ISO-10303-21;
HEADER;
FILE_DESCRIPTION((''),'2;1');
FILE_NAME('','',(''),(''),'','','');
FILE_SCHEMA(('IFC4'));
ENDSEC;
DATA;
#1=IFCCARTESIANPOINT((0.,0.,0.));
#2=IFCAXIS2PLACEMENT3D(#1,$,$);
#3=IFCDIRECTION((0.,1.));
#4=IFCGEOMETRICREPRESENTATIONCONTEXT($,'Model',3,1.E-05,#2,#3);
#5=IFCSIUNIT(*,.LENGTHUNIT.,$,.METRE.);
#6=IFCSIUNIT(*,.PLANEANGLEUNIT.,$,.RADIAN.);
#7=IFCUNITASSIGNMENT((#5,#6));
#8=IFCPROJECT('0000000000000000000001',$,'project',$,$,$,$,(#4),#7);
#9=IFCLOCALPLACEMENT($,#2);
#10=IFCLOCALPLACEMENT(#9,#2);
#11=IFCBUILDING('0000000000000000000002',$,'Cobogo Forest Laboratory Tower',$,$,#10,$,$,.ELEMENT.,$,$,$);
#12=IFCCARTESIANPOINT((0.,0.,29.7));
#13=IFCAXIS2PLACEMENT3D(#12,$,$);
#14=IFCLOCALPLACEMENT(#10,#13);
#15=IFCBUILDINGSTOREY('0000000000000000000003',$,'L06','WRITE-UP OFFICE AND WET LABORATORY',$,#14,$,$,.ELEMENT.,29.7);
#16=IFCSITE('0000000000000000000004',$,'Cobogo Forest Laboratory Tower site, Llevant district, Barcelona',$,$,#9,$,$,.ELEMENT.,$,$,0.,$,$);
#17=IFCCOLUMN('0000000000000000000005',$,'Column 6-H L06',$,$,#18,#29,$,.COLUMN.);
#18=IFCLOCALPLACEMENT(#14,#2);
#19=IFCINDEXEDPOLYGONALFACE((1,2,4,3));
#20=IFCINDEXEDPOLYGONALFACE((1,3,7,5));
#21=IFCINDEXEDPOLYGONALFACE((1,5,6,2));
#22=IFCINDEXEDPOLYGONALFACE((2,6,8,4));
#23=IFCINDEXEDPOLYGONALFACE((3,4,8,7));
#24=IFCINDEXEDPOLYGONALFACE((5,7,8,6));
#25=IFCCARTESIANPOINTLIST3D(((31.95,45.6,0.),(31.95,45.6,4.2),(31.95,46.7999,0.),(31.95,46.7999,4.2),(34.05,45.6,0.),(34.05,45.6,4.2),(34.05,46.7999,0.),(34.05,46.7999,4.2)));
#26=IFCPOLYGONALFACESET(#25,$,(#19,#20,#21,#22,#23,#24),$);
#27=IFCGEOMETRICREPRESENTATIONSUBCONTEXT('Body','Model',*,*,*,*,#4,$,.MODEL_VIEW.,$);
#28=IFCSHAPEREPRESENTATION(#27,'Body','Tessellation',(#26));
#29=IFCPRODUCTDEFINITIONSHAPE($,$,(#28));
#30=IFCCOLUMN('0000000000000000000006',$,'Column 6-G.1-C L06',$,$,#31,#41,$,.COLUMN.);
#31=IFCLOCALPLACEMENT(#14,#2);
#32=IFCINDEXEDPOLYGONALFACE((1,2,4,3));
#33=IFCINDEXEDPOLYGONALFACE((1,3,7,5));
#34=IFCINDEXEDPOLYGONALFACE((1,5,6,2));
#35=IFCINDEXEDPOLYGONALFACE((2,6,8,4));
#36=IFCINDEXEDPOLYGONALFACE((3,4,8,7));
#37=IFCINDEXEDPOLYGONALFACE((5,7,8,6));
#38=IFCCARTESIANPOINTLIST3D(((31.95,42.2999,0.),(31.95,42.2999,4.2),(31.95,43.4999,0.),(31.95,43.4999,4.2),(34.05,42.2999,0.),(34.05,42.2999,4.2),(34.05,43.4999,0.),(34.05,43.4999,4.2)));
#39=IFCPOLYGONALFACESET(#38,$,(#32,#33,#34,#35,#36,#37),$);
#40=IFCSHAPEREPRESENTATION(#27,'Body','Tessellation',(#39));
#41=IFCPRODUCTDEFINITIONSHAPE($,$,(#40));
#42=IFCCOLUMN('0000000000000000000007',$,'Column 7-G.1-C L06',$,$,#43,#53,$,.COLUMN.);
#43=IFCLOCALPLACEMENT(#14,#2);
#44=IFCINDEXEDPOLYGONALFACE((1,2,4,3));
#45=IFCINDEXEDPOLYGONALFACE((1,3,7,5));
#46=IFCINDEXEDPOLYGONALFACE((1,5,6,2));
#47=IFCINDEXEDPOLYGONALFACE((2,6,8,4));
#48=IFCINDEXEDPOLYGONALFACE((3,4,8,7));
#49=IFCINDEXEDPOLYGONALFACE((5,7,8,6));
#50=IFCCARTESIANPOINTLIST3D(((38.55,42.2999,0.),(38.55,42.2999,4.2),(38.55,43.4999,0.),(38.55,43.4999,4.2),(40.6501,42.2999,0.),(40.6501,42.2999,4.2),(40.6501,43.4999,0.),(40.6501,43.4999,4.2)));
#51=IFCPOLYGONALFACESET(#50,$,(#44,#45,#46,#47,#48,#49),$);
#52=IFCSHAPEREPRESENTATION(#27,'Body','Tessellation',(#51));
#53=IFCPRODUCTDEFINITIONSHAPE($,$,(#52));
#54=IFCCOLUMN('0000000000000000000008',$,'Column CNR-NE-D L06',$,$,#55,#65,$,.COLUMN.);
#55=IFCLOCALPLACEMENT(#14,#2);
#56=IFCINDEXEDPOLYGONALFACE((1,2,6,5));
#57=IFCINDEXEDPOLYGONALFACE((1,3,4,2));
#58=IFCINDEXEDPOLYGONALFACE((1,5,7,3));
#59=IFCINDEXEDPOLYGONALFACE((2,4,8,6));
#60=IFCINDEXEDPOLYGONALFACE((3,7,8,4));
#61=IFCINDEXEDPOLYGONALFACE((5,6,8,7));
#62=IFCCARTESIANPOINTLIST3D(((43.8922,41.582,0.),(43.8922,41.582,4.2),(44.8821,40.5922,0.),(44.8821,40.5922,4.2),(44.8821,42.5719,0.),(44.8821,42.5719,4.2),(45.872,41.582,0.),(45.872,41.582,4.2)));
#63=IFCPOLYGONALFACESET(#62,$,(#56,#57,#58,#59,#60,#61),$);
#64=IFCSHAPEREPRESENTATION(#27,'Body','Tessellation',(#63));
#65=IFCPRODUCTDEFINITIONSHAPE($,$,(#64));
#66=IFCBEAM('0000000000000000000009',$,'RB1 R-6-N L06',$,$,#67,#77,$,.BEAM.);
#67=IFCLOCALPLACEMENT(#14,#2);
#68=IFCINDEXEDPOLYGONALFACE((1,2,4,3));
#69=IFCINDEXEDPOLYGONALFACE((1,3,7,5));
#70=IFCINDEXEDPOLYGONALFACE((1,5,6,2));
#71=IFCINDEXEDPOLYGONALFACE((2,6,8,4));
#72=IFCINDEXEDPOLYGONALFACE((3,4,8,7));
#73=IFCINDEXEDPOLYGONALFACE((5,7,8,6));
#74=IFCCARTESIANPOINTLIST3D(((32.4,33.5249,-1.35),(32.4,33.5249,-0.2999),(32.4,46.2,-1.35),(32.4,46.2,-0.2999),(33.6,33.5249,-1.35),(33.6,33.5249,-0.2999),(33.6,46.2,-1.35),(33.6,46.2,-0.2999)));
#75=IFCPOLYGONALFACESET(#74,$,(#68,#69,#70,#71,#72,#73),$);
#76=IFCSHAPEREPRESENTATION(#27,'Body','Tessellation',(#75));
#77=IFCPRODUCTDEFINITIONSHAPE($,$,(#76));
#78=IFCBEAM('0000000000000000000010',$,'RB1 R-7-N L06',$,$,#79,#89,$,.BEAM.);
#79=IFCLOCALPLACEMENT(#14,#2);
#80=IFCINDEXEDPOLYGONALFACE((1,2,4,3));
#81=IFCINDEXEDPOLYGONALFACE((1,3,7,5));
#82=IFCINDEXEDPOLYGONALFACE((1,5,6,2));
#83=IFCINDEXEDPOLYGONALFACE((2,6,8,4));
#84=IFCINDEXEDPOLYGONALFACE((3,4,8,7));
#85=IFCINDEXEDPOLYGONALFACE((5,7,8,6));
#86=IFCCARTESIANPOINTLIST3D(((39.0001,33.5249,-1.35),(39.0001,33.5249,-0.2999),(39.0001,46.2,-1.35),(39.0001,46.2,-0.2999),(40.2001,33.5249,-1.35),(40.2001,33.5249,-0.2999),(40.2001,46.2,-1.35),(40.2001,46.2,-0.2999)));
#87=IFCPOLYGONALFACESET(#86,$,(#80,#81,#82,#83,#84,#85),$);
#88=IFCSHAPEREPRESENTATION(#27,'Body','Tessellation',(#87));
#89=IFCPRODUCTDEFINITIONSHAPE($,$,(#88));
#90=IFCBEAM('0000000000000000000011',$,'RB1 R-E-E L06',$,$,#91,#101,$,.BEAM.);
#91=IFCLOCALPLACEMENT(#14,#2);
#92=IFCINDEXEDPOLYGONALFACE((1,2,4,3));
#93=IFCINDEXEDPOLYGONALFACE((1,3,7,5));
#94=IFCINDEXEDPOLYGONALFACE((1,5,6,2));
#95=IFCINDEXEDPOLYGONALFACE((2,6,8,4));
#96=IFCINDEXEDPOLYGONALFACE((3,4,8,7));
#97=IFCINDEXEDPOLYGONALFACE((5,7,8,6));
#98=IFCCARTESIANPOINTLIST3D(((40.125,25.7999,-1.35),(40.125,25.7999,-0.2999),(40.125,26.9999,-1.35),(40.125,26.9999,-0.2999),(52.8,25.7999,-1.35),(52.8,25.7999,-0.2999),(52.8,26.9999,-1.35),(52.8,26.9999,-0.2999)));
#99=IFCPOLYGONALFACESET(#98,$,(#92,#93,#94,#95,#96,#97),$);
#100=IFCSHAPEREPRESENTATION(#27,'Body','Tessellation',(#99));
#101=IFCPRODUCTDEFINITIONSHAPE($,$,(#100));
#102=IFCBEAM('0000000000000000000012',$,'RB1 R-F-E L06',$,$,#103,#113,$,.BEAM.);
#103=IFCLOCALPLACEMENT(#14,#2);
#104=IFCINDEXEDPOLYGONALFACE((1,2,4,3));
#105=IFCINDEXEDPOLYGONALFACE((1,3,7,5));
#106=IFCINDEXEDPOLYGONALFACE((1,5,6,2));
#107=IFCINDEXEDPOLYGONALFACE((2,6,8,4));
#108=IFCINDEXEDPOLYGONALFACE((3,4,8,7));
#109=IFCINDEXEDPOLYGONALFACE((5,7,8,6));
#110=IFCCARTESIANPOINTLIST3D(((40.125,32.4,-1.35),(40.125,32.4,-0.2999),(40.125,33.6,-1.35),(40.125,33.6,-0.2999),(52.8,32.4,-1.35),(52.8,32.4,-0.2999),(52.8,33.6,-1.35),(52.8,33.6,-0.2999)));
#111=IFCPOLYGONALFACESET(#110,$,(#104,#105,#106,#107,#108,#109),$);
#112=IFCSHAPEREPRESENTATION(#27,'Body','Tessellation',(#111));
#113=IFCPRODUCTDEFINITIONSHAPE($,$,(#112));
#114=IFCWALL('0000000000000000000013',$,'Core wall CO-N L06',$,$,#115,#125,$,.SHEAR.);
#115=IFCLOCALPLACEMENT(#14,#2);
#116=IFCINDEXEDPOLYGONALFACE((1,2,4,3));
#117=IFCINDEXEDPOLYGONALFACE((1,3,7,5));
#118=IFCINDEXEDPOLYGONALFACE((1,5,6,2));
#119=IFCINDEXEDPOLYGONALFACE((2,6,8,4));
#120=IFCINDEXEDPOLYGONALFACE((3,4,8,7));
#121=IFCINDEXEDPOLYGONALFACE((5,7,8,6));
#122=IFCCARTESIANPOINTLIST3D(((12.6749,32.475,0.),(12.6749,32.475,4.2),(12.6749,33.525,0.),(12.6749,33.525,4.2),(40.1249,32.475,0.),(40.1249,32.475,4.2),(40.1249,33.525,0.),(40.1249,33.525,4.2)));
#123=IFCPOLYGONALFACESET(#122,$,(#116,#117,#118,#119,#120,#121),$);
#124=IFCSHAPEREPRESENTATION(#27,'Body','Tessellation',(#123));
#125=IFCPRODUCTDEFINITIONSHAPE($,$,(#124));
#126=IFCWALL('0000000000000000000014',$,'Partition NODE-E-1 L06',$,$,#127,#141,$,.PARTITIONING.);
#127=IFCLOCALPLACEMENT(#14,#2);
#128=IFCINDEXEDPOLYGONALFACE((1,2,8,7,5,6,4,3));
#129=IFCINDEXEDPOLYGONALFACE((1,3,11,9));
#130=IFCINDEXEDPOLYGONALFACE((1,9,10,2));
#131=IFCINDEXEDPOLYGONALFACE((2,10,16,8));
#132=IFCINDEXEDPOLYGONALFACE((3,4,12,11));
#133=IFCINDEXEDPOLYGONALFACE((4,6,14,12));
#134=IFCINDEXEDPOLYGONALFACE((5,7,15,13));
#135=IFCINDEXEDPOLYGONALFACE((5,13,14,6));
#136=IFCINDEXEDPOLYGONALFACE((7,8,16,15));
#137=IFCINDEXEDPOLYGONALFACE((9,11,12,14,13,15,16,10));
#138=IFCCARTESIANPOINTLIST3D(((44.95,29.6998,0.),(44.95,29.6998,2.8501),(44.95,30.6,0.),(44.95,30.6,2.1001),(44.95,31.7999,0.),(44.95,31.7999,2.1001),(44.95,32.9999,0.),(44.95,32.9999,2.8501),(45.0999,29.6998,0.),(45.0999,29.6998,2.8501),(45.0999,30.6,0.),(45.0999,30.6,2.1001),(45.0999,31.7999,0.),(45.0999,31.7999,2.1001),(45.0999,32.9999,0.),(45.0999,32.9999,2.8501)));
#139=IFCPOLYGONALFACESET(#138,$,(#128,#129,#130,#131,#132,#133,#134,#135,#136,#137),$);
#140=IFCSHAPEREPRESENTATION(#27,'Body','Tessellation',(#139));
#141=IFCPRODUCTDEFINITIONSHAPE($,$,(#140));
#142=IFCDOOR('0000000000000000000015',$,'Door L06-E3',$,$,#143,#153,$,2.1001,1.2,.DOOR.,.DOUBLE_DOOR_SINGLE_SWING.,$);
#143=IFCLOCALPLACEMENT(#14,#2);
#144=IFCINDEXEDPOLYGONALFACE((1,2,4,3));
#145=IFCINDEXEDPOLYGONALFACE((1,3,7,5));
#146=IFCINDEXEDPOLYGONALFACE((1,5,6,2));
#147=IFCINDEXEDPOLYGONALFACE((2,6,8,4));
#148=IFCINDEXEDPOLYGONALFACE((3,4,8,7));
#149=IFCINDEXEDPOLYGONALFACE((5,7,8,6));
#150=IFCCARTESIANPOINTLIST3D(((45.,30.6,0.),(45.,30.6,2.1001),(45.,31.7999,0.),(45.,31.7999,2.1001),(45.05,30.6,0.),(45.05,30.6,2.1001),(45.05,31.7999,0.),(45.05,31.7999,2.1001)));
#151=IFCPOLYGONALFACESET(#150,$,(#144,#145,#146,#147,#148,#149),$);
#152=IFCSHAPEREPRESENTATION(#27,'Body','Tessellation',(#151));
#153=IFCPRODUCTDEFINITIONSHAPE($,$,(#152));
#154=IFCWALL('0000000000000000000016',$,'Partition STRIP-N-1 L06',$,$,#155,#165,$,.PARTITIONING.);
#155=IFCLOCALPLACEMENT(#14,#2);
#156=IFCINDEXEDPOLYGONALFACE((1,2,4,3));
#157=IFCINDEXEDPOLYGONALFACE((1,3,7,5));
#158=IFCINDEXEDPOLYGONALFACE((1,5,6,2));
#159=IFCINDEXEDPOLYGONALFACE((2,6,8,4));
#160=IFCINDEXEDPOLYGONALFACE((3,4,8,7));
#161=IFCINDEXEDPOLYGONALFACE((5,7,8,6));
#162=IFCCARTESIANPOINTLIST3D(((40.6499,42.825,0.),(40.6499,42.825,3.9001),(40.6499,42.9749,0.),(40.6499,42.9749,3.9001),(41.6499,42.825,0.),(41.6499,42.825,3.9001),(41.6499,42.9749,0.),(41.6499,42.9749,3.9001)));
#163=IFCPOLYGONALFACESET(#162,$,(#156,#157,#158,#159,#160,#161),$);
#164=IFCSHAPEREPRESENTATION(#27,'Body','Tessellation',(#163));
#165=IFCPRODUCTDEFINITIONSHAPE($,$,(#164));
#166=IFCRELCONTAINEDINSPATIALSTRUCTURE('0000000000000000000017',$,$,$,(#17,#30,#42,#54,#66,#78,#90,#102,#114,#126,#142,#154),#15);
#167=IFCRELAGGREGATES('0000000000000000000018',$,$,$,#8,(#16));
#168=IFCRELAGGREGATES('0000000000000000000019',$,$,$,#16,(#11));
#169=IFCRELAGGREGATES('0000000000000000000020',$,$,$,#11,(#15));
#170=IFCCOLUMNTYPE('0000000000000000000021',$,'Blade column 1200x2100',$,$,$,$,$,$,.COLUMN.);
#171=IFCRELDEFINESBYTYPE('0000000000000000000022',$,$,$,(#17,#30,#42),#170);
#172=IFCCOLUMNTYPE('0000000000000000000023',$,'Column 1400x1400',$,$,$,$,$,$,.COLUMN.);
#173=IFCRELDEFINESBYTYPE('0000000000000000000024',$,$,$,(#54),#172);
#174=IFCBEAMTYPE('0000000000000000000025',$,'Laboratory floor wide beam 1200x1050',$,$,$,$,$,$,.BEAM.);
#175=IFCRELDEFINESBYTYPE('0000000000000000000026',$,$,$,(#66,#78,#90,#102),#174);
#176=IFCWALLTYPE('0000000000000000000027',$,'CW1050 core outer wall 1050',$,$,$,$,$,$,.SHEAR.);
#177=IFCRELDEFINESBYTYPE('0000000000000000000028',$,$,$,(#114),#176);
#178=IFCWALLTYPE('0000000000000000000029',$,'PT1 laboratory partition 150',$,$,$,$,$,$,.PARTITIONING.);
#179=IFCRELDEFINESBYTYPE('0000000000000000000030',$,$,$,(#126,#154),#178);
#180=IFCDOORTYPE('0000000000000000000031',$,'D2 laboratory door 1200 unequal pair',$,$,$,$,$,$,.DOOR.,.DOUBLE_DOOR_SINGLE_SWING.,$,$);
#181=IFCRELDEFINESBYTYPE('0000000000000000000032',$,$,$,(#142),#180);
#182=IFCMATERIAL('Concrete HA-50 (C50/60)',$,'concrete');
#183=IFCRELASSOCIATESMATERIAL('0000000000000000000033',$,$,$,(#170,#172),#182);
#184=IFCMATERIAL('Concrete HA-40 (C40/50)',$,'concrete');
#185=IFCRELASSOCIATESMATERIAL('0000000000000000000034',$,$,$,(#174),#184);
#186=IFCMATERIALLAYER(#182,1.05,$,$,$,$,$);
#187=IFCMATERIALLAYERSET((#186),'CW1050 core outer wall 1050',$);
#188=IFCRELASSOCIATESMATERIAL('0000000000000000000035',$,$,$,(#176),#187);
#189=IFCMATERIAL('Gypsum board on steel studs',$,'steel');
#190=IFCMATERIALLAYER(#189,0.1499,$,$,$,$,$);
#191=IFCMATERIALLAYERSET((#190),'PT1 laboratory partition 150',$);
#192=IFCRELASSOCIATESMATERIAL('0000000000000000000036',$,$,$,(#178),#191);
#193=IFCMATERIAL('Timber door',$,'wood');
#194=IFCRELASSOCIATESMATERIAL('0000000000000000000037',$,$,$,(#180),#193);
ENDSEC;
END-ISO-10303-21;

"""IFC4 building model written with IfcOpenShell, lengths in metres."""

from ifc_helpers import new_model, si_unit, direction, frame, frame_2d, origin, origin_2d, place, context, subcontext, project, spatial, rectangle, extrude, material, layer, layer_set, material_profile, profile_set, type_object, element, fill, save


model = new_model("IFC4")

# Units and contexts
model_context = context("Model", 3, precision=1e-05, world=origin(), true_north=direction((0.0, 1.0)))
body_context = subcontext(model_context, "Body", "Model", "MODEL_VIEW")
ifc_project = project(units=[si_unit("LENGTHUNIT", "METRE"), si_unit("PLANEANGLEUNIT", "RADIAN")], contexts=[model_context])

# Site, building, storey
site_placement = place(None, origin())
site = spatial("IfcSite", under=ifc_project, at=site_placement, Name="Cobogo Forest Laboratory Tower site, Llevant district, Barcelona", CompositionType="ELEMENT", RefElevation=0.0)
building_placement = place(site_placement, origin())
building = spatial("IfcBuilding", under=site, at=building_placement, Name="Cobogo Forest Laboratory Tower", CompositionType="ELEMENT")
storey_placement = place(building_placement, frame((0.0, 0.0, 29.7)))
storey = spatial("IfcBuildingStorey", under=building, at=storey_placement, Name="L06", Description="WRITE-UP OFFICE AND WET LABORATORY", CompositionType="ELEMENT", Elevation=29.7)

# Columns
ifc_material_1 = material(Name="Concrete HA-50 (C50/60)", Category="concrete")
ifc_material_profile_1 = material_profile(ifc_material_1, rectangle(XDim=2.1001, YDim=1.2, at=origin_2d()), Name="RC 1200x2100")
ifc_profile_set_1 = profile_set([ifc_material_profile_1], Name="Concrete HA-50 (C50/60)")
column_type_1 = type_object("IfcColumnType", Name="Blade column 1200x2100", PredefinedType="COLUMN", material=ifc_profile_set_1)
for number, where, z_axis, x_axis, name in (
    (1, (33.0, 46.2, 0.0), (0.0, 0.0, 1.0), (1.0, 0.0, 0.0), "Column 6-H L06"),
    (2, (33.0, 42.8999, 0.0), (0.0, 0.0, 1.0), (1.0, 0.0, 0.0), "Column 6-G.1-C L06"),
    (3, (39.6001, 42.8999, 0.0), (0.0, 0.0, 1.0), (1.0, 0.0, 0.0), "Column 7-G.1-C L06"),
):
    element("IfcColumn", number, at=place(storey_placement, frame(where, z_axis=z_axis, x_axis=x_axis)), inside=storey, type_object=column_type_1, Name=name, PredefinedType="COLUMN", context=body_context, shape_type="SweptSolid", body=[
        extrude(rectangle(XDim=2.1001, YDim=1.2, at=origin_2d()), origin(), (0.0, 0.0, 1.0), 4.2),
    ])
ifc_material_profile_2 = material_profile(ifc_material_1, rectangle(XDim=1.3999, YDim=1.3999, at=origin_2d()), Name="RC 1400x1400")
ifc_profile_set_2 = profile_set([ifc_material_profile_2], Name="Concrete HA-50 (C50/60)")
column_type_2 = type_object("IfcColumnType", Name="Column 1400x1400", PredefinedType="COLUMN", material=ifc_profile_set_2)
column_placement = place(storey_placement, frame((44.8821, 41.582, 0.0), z_axis=(0.0, 0.0, 1.0), x_axis=(0.707107, 0.707107, 0.0)))
element("IfcColumn", 4, at=column_placement, inside=storey, type_object=column_type_2, Name="Column CNR-NE-D L06", PredefinedType="COLUMN", context=body_context, shape_type="SweptSolid", body=[
    extrude(rectangle(XDim=1.3999, YDim=1.3999, at=origin_2d()), origin(), (0.0, 0.0, 1.0), 4.2),
])

# Beams
ifc_material_2 = material(Name="Concrete HA-40 (C40/50)", Category="concrete")
ifc_material_profile_3 = material_profile(ifc_material_2, rectangle(XDim=1.2, YDim=1.05, at=origin_2d()), Name="RC 1200x1050")
ifc_profile_set_3 = profile_set([ifc_material_profile_3], Name="Concrete HA-40 (C40/50)")
beam_type = type_object("IfcBeamType", Name="Laboratory floor wide beam 1200x1050", PredefinedType="BEAM", material=ifc_profile_set_3)
for number, where, z_axis, x_axis, name in (
    (5, (33.0, 33.5249, -0.825), (0.0, 1.0, 0.0), (-1.0, 0.0, 0.0), "RB1 R-6-N L06"),
    (6, (39.6001, 33.5249, -0.825), (0.0, 1.0, 0.0), (-1.0, 0.0, 0.0), "RB1 R-7-N L06"),
    (7, (40.125, 26.3999, -0.825), (1.0, 0.0, 0.0), (0.0, 1.0, 0.0), "RB1 R-E-E L06"),
    (8, (40.125, 33.0, -0.825), (1.0, 0.0, 0.0), (0.0, 1.0, 0.0), "RB1 R-F-E L06"),
):
    element("IfcBeam", number, at=place(storey_placement, frame(where, z_axis=z_axis, x_axis=x_axis)), inside=storey, type_object=beam_type, Name=name, PredefinedType="BEAM", context=body_context, shape_type="SweptSolid", body=[
        extrude(rectangle(XDim=1.2, YDim=1.05, at=origin_2d()), origin(), (0.0, 0.0, 1.0), 12.675),
    ])

# Wall
ifc_layer_1 = layer(ifc_material_1, 1.05)
ifc_layer_set_1 = layer_set([ifc_layer_1], Name="CW1050 core outer wall 1050")
wall_type_1 = type_object("IfcWallType", Name="CW1050 core outer wall 1050", PredefinedType="SHEAR", material=ifc_layer_set_1)
wall_1_placement = place(storey_placement, frame((40.125, 33.0, 0.0), z_axis=(0.0, 0.0, 1.0), x_axis=(-1.0, 0.0, 0.0)))
element("IfcWall", 9, at=wall_1_placement, inside=storey, type_object=wall_type_1, Name="Core wall CO-N L06", PredefinedType="SHEAR", context=body_context, shape_type="SweptSolid", body=[
    extrude(rectangle(XDim=27.45, YDim=1.05, at=frame_2d((13.7251, 0.0))), origin(), (0.0, 0.0, 1.0), 4.2),
])

# Wall, opening, door
ifc_material_3 = material(Name="Gypsum board on steel studs", Category="steel")
ifc_layer_2 = layer(ifc_material_3, 0.1499)
ifc_layer_set_2 = layer_set([ifc_layer_2], Name="PT1 laboratory partition 150")
wall_type_2 = type_object("IfcWallType", Name="PT1 laboratory partition 150", PredefinedType="PARTITIONING", material=ifc_layer_set_2)
wall_2_placement = place(storey_placement, frame((45.0249, 29.7, 0.0), z_axis=(0.0, 0.0, 1.0), x_axis=(0.0, 1.0, 0.0)))
wall_2 = element("IfcWall", 10, at=wall_2_placement, inside=storey, type_object=wall_type_2, Name="Partition NODE-E-1 L06", PredefinedType="PARTITIONING", context=body_context, shape_type="SweptSolid", body=[
    extrude(rectangle(XDim=3.3, YDim=0.1499, at=frame_2d((1.6499, 0.0))), origin(), (0.0, 0.0, 1.0), 2.8501),
])
opening_1_placement = place(wall_2_placement, frame((0.8999, 0.0, 0.0)))
opening_1 = element("IfcOpeningElement", 11, at=opening_1_placement, cuts=wall_2, PredefinedType="OPENING", context=body_context, shape_type="SweptSolid", body=[
    extrude(rectangle(XDim=1.2, YDim=2.1001, at=frame_2d((0.6001, 1.05))), frame((0.0, 0.085, 0.0), z_axis=(0.0, -1.0, 0.0), x_axis=(1.0, 0.0, 0.0)), (0.0, 0.0, 1.0), 0.1699),
])
ifc_material_4 = material(Name="Timber door", Category="wood")
door_type_1 = type_object("IfcDoorType", Name="D2 laboratory door 1200 unequal pair", OperationType="DOUBLE_DOOR_SINGLE_SWING", PredefinedType="DOOR", material=ifc_material_4)
door_1_placement = place(opening_1_placement, origin())
door_1 = element("IfcDoor", 12, at=door_1_placement, inside=storey, type_object=door_type_1, Name="Door L06-E3", OperationType="DOUBLE_DOOR_SINGLE_SWING", OverallHeight=2.1001, OverallWidth=1.2, PredefinedType="DOOR", context=body_context, shape_type="SweptSolid", body=[
    extrude(rectangle(XDim=1.2, YDim=2.1001, at=frame_2d((0.6001, 1.05))), frame((0.0, 0.0249, 0.0), z_axis=(0.0, -1.0, 0.0), x_axis=(1.0, 0.0, 0.0)), (0.0, 0.0, 1.0), 0.05),
])
fill(opening_1, door_1)

# Wall
wall_3_placement = place(storey_placement, frame((41.6499, 42.8999, 0.0), z_axis=(0.0, 0.0, 1.0), x_axis=(-1.0, 0.0, 0.0)))
element("IfcWall", 13, at=wall_3_placement, inside=storey, type_object=wall_type_2, Name="Partition STRIP-N-1 L06", PredefinedType="PARTITIONING", context=body_context, shape_type="SweptSolid", body=[
    extrude(rectangle(XDim=1.0, YDim=0.1499, at=frame_2d((0.5, 0.0))), origin(), (0.0, 0.0, 1.0), 3.9001),
])

save(model, "model.ifc")
